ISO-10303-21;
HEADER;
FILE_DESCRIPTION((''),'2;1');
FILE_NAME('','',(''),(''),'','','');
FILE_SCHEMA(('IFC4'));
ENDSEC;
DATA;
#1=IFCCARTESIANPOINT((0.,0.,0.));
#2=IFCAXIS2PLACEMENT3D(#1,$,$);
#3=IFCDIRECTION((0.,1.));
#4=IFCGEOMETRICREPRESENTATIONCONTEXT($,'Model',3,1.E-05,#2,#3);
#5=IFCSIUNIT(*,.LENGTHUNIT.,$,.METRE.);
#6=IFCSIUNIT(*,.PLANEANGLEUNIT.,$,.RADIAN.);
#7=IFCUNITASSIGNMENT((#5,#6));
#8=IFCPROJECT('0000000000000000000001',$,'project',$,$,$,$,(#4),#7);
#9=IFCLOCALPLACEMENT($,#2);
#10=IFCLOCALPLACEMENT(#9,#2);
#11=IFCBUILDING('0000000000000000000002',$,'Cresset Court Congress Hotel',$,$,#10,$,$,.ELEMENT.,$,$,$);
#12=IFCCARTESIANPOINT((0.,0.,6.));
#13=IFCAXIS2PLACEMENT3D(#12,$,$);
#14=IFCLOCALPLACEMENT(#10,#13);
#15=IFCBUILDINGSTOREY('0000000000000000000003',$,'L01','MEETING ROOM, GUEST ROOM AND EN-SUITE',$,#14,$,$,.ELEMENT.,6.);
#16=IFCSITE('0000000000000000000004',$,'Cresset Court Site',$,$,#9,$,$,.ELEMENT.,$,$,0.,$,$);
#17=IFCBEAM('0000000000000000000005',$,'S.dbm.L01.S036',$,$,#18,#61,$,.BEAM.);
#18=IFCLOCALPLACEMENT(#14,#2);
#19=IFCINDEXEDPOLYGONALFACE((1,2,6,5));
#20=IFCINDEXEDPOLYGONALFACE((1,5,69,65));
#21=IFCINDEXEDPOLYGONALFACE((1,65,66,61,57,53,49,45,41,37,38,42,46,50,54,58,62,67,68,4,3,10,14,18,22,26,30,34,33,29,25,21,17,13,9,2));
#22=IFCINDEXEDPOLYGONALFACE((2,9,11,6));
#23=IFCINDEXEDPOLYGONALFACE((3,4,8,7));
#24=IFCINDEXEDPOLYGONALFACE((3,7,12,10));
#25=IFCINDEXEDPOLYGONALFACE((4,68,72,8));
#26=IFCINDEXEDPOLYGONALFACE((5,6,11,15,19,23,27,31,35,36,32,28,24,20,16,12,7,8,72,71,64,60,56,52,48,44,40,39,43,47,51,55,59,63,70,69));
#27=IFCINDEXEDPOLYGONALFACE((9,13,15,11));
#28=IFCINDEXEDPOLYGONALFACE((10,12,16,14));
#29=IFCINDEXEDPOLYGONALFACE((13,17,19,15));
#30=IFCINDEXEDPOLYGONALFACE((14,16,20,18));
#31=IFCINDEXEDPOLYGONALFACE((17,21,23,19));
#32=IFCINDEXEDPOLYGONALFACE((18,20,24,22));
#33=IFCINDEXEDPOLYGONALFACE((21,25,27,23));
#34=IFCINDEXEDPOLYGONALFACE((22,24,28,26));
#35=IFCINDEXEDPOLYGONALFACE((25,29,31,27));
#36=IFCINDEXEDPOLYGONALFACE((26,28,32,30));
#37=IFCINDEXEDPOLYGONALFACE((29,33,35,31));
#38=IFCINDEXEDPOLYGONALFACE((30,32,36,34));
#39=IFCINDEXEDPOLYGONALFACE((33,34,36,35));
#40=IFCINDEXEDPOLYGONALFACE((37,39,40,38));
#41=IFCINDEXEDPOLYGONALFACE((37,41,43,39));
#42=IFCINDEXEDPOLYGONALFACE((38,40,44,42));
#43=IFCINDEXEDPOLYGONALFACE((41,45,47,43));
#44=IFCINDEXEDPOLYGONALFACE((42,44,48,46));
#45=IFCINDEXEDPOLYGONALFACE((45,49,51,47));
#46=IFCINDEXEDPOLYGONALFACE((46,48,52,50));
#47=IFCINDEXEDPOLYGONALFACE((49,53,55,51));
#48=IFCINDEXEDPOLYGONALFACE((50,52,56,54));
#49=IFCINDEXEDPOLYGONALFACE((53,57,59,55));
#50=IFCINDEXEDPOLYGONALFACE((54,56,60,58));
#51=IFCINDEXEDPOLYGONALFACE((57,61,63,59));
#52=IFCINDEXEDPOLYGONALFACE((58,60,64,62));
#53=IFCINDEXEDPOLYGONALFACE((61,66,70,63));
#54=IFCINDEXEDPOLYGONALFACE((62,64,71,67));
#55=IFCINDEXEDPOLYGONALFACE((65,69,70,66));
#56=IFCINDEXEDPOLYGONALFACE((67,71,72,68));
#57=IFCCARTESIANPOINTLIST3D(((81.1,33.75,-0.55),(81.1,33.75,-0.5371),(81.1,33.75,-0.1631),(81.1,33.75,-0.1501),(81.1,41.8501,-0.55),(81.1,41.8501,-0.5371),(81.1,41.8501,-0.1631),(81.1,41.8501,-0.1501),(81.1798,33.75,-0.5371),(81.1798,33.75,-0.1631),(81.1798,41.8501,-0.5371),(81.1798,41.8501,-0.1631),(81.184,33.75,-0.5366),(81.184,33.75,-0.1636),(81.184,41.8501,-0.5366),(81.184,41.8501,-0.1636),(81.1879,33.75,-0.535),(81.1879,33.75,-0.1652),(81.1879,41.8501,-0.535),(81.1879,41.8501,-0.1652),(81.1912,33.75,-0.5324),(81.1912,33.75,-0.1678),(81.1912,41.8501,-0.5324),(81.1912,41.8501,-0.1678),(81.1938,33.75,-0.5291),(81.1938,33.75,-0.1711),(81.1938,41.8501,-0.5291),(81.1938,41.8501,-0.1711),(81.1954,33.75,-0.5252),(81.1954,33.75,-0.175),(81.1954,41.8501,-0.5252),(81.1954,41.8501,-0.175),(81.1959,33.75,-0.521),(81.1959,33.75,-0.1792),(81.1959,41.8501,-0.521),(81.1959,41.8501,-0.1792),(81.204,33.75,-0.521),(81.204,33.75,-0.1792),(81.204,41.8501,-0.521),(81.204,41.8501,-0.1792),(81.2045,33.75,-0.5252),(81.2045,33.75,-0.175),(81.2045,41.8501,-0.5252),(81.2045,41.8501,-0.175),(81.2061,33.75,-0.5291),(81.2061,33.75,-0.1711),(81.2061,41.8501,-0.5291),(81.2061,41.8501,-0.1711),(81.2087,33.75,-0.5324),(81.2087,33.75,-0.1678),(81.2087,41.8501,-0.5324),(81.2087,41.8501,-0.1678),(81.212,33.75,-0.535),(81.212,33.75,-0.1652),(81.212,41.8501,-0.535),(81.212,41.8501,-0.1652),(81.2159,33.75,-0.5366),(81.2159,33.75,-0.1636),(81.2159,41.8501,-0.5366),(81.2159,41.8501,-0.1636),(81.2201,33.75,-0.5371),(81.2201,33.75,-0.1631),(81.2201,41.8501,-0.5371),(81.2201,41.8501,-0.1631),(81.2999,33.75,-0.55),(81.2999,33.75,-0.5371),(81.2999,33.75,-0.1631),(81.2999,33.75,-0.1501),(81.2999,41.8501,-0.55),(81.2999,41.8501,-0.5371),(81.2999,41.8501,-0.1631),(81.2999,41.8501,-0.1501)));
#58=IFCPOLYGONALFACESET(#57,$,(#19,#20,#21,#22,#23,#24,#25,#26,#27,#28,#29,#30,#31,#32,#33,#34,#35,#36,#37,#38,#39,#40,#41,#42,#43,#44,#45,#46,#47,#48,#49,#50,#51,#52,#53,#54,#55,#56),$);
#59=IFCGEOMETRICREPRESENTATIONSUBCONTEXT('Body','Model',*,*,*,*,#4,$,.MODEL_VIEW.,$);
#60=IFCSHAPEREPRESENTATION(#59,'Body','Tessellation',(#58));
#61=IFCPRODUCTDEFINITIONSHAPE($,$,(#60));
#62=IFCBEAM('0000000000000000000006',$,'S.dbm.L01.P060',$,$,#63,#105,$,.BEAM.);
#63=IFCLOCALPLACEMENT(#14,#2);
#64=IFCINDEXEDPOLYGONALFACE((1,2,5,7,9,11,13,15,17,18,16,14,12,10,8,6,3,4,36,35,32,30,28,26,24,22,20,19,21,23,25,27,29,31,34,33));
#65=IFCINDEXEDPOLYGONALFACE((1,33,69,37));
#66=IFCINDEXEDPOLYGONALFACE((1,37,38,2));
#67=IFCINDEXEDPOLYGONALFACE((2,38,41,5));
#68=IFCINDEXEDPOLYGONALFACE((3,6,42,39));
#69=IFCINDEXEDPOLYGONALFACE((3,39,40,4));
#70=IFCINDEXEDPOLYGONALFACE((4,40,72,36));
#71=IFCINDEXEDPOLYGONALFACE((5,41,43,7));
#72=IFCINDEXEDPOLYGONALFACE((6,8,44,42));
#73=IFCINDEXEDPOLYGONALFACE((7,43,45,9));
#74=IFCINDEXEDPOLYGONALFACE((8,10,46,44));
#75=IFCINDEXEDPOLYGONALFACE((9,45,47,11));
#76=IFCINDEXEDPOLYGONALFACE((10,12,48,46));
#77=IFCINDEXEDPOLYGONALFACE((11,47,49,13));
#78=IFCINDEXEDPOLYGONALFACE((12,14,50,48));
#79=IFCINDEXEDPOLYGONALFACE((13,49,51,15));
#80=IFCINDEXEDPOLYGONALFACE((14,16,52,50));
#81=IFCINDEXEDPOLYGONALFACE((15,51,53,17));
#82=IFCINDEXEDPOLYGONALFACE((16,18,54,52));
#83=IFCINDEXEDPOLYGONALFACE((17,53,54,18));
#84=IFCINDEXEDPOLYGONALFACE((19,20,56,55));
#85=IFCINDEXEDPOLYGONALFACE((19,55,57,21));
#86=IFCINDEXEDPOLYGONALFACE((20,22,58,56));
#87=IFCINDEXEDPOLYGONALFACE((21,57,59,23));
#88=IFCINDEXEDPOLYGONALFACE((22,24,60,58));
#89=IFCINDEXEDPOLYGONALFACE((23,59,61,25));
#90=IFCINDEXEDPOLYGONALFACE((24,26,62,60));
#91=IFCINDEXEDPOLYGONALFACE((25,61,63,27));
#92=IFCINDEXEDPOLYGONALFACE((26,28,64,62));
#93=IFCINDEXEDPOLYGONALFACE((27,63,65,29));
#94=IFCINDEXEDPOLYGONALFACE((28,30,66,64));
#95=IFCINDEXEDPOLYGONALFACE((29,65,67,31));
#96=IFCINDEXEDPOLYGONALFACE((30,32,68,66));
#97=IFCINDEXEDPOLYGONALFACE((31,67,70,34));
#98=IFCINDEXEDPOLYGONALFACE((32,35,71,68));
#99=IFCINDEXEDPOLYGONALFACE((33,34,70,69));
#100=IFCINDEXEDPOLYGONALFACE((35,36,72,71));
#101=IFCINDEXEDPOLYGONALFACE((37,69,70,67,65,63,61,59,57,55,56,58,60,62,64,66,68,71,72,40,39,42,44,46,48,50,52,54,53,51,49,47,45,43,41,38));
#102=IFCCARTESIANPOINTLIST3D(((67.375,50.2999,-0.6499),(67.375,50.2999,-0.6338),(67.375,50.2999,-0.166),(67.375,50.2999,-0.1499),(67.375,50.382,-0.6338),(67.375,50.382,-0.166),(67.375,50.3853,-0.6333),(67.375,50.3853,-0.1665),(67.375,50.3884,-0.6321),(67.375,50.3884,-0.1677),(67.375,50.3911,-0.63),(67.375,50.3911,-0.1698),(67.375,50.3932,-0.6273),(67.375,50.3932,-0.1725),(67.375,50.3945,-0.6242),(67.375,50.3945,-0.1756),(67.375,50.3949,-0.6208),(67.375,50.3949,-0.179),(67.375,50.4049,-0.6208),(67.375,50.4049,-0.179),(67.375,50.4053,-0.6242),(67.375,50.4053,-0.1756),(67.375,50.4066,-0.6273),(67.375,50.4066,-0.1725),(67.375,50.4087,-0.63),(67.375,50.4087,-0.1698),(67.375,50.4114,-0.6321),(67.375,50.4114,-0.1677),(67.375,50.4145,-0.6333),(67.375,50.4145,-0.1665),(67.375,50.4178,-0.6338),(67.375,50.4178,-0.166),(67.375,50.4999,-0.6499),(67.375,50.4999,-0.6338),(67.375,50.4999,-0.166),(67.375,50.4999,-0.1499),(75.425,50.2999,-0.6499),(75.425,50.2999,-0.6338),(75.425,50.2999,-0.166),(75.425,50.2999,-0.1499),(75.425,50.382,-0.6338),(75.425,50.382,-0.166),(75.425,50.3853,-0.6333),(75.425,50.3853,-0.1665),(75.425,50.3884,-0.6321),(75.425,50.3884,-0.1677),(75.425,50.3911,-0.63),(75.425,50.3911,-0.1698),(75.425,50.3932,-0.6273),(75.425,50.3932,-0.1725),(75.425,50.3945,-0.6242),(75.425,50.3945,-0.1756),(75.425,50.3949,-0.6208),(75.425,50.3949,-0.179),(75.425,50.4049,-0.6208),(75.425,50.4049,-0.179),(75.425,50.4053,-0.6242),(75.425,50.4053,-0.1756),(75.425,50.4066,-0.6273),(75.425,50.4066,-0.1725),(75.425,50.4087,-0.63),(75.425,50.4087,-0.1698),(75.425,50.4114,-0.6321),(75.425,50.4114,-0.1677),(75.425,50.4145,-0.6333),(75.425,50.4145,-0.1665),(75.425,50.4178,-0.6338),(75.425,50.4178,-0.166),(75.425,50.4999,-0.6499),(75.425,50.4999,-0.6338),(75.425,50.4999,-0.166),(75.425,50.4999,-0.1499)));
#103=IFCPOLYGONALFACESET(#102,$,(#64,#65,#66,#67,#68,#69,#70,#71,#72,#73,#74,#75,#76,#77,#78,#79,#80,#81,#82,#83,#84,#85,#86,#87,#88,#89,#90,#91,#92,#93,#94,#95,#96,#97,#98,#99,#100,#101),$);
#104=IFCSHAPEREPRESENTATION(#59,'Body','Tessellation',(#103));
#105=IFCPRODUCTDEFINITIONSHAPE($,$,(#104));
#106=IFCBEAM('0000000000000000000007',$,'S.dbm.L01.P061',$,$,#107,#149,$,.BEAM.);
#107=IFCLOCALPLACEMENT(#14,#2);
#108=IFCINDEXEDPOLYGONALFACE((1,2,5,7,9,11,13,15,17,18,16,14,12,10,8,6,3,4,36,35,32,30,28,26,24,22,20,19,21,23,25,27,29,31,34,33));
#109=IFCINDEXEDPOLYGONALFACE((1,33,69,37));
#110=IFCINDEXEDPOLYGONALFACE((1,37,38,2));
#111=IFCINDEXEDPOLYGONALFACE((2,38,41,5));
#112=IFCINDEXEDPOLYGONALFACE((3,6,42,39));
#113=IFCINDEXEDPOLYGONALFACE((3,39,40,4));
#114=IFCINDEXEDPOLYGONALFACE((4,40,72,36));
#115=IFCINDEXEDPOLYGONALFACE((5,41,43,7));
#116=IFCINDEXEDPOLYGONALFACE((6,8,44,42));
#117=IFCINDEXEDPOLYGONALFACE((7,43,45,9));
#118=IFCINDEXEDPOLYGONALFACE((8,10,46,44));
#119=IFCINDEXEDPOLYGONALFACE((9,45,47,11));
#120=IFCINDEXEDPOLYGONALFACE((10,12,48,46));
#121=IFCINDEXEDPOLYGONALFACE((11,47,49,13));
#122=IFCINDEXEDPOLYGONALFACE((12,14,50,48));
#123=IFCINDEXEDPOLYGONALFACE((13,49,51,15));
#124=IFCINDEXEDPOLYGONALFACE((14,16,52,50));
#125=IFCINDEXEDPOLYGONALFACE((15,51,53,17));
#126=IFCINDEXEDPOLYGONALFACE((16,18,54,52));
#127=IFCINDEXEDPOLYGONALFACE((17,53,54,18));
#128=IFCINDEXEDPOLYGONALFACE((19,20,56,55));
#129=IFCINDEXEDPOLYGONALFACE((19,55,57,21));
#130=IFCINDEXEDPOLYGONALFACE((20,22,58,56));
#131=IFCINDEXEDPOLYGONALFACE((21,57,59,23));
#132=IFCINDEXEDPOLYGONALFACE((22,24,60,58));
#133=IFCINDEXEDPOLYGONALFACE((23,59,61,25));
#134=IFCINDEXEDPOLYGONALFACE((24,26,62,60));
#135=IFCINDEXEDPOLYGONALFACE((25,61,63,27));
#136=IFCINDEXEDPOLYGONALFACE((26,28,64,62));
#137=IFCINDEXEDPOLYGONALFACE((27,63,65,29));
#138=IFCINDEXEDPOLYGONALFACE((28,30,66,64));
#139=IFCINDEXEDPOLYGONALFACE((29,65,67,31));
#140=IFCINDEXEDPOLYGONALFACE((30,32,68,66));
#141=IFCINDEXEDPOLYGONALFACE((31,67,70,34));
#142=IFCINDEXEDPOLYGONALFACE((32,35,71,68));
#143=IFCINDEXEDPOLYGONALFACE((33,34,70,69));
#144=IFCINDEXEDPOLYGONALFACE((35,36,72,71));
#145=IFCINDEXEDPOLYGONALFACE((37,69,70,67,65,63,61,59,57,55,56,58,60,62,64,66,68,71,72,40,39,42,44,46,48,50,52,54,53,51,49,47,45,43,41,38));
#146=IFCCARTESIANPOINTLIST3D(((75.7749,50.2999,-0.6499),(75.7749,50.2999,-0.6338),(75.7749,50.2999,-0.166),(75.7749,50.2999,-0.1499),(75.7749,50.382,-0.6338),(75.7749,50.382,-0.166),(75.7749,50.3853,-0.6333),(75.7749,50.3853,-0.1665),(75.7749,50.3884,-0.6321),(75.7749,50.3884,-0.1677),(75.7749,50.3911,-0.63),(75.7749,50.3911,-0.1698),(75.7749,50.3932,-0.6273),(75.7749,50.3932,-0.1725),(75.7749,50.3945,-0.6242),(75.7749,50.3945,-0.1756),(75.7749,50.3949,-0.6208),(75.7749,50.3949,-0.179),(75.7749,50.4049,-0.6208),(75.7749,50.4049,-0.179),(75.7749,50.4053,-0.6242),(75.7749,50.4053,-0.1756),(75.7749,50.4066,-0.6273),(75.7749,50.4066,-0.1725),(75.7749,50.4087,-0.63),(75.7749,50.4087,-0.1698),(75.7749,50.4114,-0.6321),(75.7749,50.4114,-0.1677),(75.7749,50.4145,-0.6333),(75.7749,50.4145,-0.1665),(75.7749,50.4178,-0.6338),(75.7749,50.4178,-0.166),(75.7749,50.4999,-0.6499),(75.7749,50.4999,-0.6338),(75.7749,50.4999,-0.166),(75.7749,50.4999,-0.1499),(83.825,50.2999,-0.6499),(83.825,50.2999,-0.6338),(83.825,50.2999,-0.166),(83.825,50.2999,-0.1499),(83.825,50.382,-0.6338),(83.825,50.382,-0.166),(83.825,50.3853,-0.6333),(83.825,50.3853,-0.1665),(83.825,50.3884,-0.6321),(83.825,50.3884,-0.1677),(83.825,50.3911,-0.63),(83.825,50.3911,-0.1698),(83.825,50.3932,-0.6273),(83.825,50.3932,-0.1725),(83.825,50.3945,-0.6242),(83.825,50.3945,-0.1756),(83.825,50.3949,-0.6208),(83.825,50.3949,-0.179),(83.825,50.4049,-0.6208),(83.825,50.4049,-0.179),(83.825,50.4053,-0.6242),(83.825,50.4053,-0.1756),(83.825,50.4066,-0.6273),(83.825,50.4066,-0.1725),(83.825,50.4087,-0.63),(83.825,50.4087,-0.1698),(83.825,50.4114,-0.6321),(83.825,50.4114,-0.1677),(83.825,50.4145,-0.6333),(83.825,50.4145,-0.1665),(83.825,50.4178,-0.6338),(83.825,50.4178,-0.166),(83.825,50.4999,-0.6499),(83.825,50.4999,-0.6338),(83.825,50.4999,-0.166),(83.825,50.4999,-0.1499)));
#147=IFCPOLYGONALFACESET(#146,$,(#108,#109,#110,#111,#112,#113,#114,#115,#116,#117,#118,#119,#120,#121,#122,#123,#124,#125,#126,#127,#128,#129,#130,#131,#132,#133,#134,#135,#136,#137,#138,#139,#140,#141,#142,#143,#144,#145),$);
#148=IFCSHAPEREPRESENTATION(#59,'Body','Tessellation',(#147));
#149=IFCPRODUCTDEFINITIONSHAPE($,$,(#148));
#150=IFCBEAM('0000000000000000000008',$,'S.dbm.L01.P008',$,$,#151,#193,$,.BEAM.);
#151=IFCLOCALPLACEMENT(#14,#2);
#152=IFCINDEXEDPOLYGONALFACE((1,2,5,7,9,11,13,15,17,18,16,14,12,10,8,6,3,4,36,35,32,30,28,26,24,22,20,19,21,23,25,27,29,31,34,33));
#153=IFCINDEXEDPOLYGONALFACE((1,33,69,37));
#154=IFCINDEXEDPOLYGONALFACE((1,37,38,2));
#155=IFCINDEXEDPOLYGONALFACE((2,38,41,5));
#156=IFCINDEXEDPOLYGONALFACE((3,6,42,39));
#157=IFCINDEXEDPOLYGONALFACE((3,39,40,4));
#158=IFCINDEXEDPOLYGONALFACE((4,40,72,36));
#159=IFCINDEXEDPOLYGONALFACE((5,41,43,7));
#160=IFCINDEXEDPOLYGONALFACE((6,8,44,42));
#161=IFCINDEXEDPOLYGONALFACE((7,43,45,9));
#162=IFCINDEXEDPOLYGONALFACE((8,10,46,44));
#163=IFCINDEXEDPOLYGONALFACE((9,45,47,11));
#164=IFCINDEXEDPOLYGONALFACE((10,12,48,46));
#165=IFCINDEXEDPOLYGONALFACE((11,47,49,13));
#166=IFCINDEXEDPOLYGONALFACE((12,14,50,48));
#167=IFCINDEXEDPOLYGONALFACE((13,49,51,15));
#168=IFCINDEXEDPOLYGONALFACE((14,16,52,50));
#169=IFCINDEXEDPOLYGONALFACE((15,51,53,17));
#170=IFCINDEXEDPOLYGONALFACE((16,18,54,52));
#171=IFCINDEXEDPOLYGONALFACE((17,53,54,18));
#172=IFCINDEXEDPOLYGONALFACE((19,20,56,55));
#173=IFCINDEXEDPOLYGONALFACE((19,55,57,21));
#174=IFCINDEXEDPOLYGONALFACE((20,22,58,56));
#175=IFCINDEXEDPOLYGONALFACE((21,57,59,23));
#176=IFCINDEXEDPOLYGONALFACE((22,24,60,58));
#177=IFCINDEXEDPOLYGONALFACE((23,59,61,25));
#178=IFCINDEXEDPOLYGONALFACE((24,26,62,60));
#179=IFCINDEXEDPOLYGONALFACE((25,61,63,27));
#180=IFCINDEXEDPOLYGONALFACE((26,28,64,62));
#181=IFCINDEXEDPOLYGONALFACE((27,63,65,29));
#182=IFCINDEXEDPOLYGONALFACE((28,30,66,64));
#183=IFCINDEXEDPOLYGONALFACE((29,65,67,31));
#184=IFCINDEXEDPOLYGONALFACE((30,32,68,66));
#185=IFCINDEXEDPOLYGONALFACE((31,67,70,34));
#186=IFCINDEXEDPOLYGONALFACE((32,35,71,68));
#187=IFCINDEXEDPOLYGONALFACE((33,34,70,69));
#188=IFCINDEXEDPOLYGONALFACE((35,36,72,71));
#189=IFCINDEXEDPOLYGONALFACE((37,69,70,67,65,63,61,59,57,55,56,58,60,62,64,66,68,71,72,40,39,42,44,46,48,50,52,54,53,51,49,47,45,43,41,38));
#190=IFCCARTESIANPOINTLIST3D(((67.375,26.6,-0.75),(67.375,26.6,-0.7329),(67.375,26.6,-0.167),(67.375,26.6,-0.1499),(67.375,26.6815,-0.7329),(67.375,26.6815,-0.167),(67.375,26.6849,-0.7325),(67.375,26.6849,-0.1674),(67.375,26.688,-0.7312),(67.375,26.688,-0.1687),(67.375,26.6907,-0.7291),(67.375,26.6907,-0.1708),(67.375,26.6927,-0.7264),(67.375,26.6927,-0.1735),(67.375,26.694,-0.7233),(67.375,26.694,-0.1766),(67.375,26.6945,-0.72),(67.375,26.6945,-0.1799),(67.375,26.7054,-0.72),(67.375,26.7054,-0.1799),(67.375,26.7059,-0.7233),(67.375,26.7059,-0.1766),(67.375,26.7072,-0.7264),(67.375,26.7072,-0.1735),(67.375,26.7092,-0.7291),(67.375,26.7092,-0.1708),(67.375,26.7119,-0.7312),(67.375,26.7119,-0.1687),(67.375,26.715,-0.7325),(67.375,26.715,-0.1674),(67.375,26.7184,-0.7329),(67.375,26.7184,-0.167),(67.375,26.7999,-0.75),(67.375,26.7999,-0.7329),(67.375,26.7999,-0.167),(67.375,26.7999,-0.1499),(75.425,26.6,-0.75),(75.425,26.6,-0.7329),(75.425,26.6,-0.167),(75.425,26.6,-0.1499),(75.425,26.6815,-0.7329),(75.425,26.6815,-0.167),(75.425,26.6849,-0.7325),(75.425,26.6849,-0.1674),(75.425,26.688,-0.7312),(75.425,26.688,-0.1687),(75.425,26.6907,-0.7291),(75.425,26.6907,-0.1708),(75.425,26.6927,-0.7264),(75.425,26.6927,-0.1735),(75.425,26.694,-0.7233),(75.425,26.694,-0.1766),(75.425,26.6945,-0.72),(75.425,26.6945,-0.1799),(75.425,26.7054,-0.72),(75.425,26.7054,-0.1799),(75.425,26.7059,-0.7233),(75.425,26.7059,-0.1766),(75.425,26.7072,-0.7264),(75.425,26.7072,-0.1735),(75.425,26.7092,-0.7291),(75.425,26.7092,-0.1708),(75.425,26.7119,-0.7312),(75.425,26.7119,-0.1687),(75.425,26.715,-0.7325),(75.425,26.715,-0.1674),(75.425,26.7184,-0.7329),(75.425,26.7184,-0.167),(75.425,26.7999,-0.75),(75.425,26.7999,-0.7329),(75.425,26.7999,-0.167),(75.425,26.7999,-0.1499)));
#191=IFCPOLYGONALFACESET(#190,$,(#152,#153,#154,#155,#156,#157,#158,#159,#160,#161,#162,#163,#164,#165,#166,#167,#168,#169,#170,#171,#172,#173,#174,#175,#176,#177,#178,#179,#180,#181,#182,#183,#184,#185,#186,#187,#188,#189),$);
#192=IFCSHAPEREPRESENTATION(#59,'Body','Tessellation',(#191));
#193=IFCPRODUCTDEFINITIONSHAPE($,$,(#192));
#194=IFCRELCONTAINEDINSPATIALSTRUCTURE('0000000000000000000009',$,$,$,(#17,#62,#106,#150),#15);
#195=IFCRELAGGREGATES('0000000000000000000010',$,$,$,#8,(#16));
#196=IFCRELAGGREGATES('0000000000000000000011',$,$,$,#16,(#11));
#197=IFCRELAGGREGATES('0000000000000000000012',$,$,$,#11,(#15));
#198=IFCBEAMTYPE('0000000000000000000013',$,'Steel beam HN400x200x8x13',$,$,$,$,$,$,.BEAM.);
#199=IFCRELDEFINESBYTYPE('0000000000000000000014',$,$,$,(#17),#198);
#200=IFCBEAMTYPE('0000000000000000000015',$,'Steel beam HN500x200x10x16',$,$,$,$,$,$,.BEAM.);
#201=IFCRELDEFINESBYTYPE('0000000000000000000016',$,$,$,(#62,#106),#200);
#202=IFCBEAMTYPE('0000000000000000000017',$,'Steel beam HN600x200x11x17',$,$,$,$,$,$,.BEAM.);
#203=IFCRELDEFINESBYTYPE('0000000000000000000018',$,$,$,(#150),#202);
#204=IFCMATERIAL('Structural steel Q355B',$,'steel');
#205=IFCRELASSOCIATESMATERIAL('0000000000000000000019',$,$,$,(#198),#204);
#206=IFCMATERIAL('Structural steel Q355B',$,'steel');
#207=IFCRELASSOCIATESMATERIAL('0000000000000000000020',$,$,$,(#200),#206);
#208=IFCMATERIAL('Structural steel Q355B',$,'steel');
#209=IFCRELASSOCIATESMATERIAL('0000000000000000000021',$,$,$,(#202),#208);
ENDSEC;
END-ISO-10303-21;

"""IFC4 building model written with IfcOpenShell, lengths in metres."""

from ifc_helpers import new_model, si_unit, direction, frame, origin, origin_2d, place, context, subcontext, project, spatial, i_section, extrude, material, material_profile, profile_set, type_object, element, save


model = new_model("IFC4")

# Units and contexts
model_context = context("Model", 3, precision=1e-05, world=origin(), true_north=direction((0.0, 1.0)))
body_context = subcontext(model_context, "Body", "Model", "MODEL_VIEW")
ifc_project = project(units=[si_unit("LENGTHUNIT", "METRE"), si_unit("PLANEANGLEUNIT", "RADIAN")], contexts=[model_context])

# Site, building, storey
site_placement = place(None, origin())
site = spatial("IfcSite", under=ifc_project, at=site_placement, Name="Cresset Court Site", CompositionType="ELEMENT", RefElevation=0.0)
building_placement = place(site_placement, origin())
building = spatial("IfcBuilding", under=site, at=building_placement, Name="Cresset Court Congress Hotel", CompositionType="ELEMENT")
storey_placement = place(building_placement, frame((0.0, 0.0, 6.0)))
storey = spatial("IfcBuildingStorey", under=building, at=storey_placement, Name="L01", Description="MEETING ROOM, GUEST ROOM AND EN-SUITE", CompositionType="ELEMENT", Elevation=6.0)

# Beams
ifc_material_1 = material(Name="Structural steel Q355B", Category="steel")
ifc_material_profile_1 = material_profile(ifc_material_1, i_section(OverallWidth=0.2, OverallDepth=0.3999, WebThickness=0.0081, FlangeThickness=0.0129, FilletRadius=0.0161, at=origin_2d()), Name="HN400x200x8x13")
ifc_profile_set_1 = profile_set([ifc_material_profile_1], Name="Structural steel Q355B")
beam_type_1 = type_object("IfcBeamType", Name="Steel beam HN400x200x8x13", PredefinedType="BEAM", material=ifc_profile_set_1)
beam_1_placement = place(storey_placement, frame((81.2, 33.75, -0.3501), z_axis=(0.0, 1.0, 0.0), x_axis=(-1.0, 0.0, 0.0)))
element("IfcBeam", 1, at=beam_1_placement, inside=storey, type_object=beam_type_1, Name="S.dbm.L01.S036", PredefinedType="BEAM", context=body_context, shape_type="SweptSolid", body=[
    extrude(i_section(OverallWidth=0.2, OverallDepth=0.3999, WebThickness=0.0081, FlangeThickness=0.0129, FilletRadius=0.0161, at=origin_2d()), origin(), (0.0, 0.0, 1.0), 8.1001),
])
ifc_material_2 = material(Name="Structural steel Q355B", Category="steel")
ifc_material_profile_2 = material_profile(ifc_material_2, i_section(OverallWidth=0.2, OverallDepth=0.5, WebThickness=0.01, FlangeThickness=0.0161, FilletRadius=0.0129, at=origin_2d()), Name="HN500x200x10x16")
ifc_profile_set_2 = profile_set([ifc_material_profile_2], Name="Structural steel Q355B")
beam_type_2 = type_object("IfcBeamType", Name="Steel beam HN500x200x10x16", PredefinedType="BEAM", material=ifc_profile_set_2)
for number, where, z_axis, x_axis, name in (
    (2, (67.375, 50.3999, -0.3999), (1.0, 0.0, 0.0), (0.0, 1.0, 0.0), "S.dbm.L01.P060"),
    (3, (75.7749, 50.3999, -0.3999), (1.0, 0.0, 0.0), (0.0, 1.0, 0.0), "S.dbm.L01.P061"),
):
    element("IfcBeam", number, at=place(storey_placement, frame(where, z_axis=z_axis, x_axis=x_axis)), inside=storey, type_object=beam_type_2, Name=name, PredefinedType="BEAM", context=body_context, shape_type="SweptSolid", body=[
        extrude(i_section(OverallWidth=0.2, OverallDepth=0.5, WebThickness=0.01, FlangeThickness=0.0161, FilletRadius=0.0129, at=origin_2d()), origin(), (0.0, 0.0, 1.0), 8.05),
    ])
ifc_material_3 = material(Name="Structural steel Q355B", Category="steel")
ifc_material_profile_3 = material_profile(ifc_material_3, i_section(OverallWidth=0.2, OverallDepth=0.6001, WebThickness=0.011, FlangeThickness=0.0171, FilletRadius=0.0129, at=origin_2d()), Name="HN600x200x11x17")
ifc_profile_set_3 = profile_set([ifc_material_profile_3], Name="Structural steel Q355B")
beam_type_3 = type_object("IfcBeamType", Name="Steel beam HN600x200x11x17", PredefinedType="BEAM", material=ifc_profile_set_3)
for number, where, z_axis, x_axis, name in (
    (4, (67.375, 26.7, -0.45), (1.0, 0.0, 0.0), (0.0, 1.0, 0.0), "S.dbm.L01.P008"),
):
    element("IfcBeam", number, at=place(storey_placement, frame(where, z_axis=z_axis, x_axis=x_axis)), inside=storey, type_object=beam_type_3, Name=name, PredefinedType="BEAM", context=body_context, shape_type="SweptSolid", body=[
        extrude(i_section(OverallWidth=0.2, OverallDepth=0.6001, WebThickness=0.011, FlangeThickness=0.0171, FilletRadius=0.0129, at=origin_2d()), origin(), (0.0, 0.0, 1.0), 8.05),
    ])

save(model, "model.ifc")
